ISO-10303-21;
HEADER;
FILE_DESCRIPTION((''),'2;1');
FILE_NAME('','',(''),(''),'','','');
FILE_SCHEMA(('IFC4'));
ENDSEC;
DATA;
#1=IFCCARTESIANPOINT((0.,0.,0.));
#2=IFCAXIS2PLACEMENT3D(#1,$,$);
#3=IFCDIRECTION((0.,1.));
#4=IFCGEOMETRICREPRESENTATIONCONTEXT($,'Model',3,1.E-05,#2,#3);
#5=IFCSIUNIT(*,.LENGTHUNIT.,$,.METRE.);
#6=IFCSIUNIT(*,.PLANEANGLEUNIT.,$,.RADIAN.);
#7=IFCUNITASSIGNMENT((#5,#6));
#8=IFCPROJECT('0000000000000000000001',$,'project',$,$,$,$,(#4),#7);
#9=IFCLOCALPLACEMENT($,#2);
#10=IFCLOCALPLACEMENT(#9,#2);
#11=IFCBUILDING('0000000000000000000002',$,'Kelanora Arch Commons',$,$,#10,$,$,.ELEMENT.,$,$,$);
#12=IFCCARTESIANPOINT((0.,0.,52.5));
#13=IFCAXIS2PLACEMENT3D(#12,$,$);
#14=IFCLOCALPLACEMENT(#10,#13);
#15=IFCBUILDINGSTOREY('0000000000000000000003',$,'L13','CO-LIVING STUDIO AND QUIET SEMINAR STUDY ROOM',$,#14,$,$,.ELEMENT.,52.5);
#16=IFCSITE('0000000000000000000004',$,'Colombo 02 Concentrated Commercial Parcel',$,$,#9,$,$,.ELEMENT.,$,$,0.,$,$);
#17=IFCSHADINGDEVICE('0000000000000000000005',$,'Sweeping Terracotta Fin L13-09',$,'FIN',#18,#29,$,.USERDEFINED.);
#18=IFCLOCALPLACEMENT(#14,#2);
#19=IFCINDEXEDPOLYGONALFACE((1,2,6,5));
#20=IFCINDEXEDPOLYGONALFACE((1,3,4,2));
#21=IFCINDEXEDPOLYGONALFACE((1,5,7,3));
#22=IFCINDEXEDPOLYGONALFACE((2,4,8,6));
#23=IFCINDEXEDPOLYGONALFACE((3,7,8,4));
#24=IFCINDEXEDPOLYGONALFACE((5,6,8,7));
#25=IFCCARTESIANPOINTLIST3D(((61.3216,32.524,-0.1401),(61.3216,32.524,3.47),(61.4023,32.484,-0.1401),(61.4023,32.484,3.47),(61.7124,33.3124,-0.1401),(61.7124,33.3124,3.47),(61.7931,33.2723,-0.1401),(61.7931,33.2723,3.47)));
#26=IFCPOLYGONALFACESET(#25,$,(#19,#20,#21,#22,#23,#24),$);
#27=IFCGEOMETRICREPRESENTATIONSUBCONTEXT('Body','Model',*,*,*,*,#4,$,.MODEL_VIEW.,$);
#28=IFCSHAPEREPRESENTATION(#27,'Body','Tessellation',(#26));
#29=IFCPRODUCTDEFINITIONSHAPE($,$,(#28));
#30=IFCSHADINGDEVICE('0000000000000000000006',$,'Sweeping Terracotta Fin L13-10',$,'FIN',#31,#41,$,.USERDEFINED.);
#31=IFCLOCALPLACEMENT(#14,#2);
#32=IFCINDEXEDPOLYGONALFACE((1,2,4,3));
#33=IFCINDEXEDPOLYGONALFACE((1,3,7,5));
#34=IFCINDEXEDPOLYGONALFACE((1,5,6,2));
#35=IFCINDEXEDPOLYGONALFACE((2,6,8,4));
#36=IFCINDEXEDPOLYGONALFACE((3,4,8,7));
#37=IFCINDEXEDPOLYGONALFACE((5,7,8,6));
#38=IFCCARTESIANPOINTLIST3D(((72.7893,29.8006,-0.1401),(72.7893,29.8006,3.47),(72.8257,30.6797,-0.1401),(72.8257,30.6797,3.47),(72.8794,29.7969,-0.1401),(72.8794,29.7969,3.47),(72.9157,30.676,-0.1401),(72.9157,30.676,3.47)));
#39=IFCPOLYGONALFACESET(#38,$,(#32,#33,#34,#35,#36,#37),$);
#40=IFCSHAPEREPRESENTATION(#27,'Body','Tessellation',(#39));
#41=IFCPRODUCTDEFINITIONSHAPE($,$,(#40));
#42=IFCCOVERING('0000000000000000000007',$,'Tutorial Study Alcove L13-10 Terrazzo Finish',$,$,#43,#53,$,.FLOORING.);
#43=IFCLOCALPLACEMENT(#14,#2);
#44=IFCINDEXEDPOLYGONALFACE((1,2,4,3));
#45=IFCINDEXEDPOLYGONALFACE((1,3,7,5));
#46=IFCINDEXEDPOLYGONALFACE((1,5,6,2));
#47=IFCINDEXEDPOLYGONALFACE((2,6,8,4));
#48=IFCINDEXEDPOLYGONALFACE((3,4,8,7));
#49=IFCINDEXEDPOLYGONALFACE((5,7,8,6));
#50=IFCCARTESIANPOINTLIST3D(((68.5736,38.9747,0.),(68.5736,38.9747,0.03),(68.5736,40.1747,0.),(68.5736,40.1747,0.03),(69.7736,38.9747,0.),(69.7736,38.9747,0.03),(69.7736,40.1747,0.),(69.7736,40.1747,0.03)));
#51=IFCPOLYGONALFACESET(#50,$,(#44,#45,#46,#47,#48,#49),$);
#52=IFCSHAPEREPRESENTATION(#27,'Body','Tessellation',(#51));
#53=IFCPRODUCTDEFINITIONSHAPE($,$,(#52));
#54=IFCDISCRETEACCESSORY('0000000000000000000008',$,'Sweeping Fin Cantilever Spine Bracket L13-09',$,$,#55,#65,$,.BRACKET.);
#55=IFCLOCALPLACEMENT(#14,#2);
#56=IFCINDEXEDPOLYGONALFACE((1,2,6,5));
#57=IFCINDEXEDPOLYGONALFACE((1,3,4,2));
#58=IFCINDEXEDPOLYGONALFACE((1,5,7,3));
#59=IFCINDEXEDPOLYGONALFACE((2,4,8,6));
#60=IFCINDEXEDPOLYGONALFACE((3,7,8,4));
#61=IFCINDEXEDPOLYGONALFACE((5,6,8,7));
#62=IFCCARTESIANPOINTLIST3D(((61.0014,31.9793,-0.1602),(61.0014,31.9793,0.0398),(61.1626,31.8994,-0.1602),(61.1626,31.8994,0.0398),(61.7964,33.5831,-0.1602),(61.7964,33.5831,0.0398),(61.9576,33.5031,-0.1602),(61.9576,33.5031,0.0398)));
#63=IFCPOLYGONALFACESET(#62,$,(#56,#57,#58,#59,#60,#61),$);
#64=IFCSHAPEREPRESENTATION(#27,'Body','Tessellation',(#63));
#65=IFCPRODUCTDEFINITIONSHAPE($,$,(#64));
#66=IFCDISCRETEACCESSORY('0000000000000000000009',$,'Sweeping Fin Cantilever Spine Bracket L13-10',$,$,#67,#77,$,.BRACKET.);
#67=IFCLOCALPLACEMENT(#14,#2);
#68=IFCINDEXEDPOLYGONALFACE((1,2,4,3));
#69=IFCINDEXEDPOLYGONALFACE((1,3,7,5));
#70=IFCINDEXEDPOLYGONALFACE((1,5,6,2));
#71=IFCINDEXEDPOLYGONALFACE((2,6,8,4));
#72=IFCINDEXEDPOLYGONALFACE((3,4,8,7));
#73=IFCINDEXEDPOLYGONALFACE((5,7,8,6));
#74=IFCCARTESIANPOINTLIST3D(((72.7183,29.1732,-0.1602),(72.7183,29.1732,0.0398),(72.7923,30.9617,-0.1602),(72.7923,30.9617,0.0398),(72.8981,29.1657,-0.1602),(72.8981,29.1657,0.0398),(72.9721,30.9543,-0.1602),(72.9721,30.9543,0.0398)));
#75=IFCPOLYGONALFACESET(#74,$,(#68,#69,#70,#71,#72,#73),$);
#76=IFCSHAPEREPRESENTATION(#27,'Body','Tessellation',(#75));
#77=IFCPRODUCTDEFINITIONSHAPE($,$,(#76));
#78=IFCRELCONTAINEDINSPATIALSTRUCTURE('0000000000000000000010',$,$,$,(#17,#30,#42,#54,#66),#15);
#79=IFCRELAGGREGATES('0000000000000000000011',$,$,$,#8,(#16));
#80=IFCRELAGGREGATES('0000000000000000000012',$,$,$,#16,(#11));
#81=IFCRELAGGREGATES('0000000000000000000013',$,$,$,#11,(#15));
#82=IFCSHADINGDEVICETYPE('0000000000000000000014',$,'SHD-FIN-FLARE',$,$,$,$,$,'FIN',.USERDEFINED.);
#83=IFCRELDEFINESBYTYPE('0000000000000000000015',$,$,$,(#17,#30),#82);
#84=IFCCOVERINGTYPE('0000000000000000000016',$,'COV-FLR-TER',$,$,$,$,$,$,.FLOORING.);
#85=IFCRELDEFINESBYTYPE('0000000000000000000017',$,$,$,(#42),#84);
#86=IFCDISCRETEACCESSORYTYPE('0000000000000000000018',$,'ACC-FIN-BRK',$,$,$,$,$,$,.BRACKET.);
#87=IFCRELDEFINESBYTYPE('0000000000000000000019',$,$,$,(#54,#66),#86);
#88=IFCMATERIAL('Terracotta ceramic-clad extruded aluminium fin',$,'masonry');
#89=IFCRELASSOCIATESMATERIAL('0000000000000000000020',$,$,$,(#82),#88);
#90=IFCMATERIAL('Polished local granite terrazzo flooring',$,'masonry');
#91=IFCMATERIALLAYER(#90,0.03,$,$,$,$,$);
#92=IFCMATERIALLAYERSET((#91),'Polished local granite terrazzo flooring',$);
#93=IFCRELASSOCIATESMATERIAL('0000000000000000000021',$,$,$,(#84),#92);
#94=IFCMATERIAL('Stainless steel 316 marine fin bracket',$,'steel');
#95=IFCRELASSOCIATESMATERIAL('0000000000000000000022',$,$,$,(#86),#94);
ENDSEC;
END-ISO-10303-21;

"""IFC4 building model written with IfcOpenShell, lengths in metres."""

from ifc_helpers import new_model, si_unit, direction, frame, origin, origin_2d, place, context, subcontext, project, spatial, rectangle, extrude, source, transform, mapped, material, layer, layer_set, type_object, element, save


model = new_model("IFC4")

# Units and contexts
model_context = context("Model", 3, precision=1e-05, world=origin(), true_north=direction((0.0, 1.0)))
body_context = subcontext(model_context, "Body", "Model", "MODEL_VIEW")
ifc_project = project(units=[si_unit("LENGTHUNIT", "METRE"), si_unit("PLANEANGLEUNIT", "RADIAN")], contexts=[model_context])

# Site, building, storey
site_placement = place(None, origin())
site = spatial("IfcSite", under=ifc_project, at=site_placement, Name="Colombo 02 Concentrated Commercial Parcel", CompositionType="ELEMENT", RefElevation=0.0)
building_placement = place(site_placement, origin())
building = spatial("IfcBuilding", under=site, at=building_placement, Name="Kelanora Arch Commons", CompositionType="ELEMENT")
storey_placement = place(building_placement, frame((0.0, 0.0, 52.5)))
storey = spatial("IfcBuildingStorey", under=building, at=storey_placement, Name="L13", Description="CO-LIVING STUDIO AND QUIET SEMINAR STUDY ROOM", CompositionType="ELEMENT", Elevation=52.5)

# Shading devices
ifc_material_1 = material(Name="Terracotta ceramic-clad extruded aluminium fin", Category="masonry")
shading_device_type = type_object("IfcShadingDeviceType", Name="SHD-FIN-FLARE", ElementType="FIN", PredefinedType="USERDEFINED", material=ifc_material_1)
shared_shape_1 = source(origin(), body_context, "Body", "SweptSolid", [
    extrude(rectangle(XDim=0.8799, YDim=0.0901, at=origin_2d()), origin(), (0.0, 0.0, 1.0), 3.6101),
])
for number, where, z_axis, x_axis, name in (
    (1, (61.5574, 32.8982, -0.1401), (0.0, 0.0, 1.0), (-0.444166, -0.895944, 0.0), "Sweeping Terracotta Fin L13-09"),
    (2, (72.8525, 30.2383, -0.1401), (0.0, 0.0, 1.0), (-0.041353, -0.999145, 0.0), "Sweeping Terracotta Fin L13-10"),
):
    element("IfcShadingDevice", number, at=place(storey_placement, frame(where, z_axis=z_axis, x_axis=x_axis)), inside=storey, type_object=shading_device_type, Name=name, ObjectType="FIN", PredefinedType="USERDEFINED", context=body_context, shape_type="MappedRepresentation", body=[
        mapped(shared_shape_1, transform((0.0, 0.0, 0.0), scale=1.0)),
    ])

# Covering
ifc_material_2 = material(Name="Polished local granite terrazzo flooring", Category="masonry")
ifc_layer_1 = layer(ifc_material_2, 0.03)
ifc_layer_set_1 = layer_set([ifc_layer_1], Name="Polished local granite terrazzo flooring")
covering_type = type_object("IfcCoveringType", Name="COV-FLR-TER", PredefinedType="FLOORING", material=ifc_layer_set_1)
shared_shape_2 = source(origin(), body_context, "Body", "SweptSolid", [
    extrude(rectangle(XDim=1.2, YDim=1.2, at=origin_2d()), origin(), (0.0, 0.0, 1.0), 0.03),
])
covering_placement = place(storey_placement, frame((69.1736, 39.5747, 0.0), z_axis=(0.0, 0.0, 1.0), x_axis=(1.0, 0.0, 0.0)))
element("IfcCovering", 3, at=covering_placement, inside=storey, type_object=covering_type, Name="Tutorial Study Alcove L13-10 Terrazzo Finish", PredefinedType="FLOORING", context=body_context, shape_type="MappedRepresentation", body=[
    mapped(shared_shape_2, transform((0.0, 0.0, 0.0), scale=1.0)),
])

# Discrete accessories
ifc_material_3 = material(Name="Stainless steel 316 marine fin bracket", Category="steel")
discrete_accessory_type = type_object("IfcDiscreteAccessoryType", Name="ACC-FIN-BRK", PredefinedType="BRACKET", material=ifc_material_3)
shared_shape_3 = source(origin(), body_context, "Body", "SweptSolid", [
    extrude(rectangle(XDim=1.79, YDim=0.1799, at=origin_2d()), origin(), (0.0, 0.0, 1.0), 0.2),
])
for number, where, z_axis, x_axis, name in (
    (4, (61.4795, 32.7412, -0.1602), (0.0, 0.0, 1.0), (-0.444166, -0.895944, 0.0), "Sweeping Fin Cantilever Spine Bracket L13-09"),
    (5, (72.8452, 30.0637, -0.1602), (0.0, 0.0, 1.0), (-0.041353, -0.999145, 0.0), "Sweeping Fin Cantilever Spine Bracket L13-10"),
):
    element("IfcDiscreteAccessory", number, at=place(storey_placement, frame(where, z_axis=z_axis, x_axis=x_axis)), inside=storey, type_object=discrete_accessory_type, Name=name, PredefinedType="BRACKET", context=body_context, shape_type="MappedRepresentation", body=[
        mapped(shared_shape_3, transform((0.0, 0.0, 0.0), scale=1.0)),
    ])

save(model, "model.ifc")
